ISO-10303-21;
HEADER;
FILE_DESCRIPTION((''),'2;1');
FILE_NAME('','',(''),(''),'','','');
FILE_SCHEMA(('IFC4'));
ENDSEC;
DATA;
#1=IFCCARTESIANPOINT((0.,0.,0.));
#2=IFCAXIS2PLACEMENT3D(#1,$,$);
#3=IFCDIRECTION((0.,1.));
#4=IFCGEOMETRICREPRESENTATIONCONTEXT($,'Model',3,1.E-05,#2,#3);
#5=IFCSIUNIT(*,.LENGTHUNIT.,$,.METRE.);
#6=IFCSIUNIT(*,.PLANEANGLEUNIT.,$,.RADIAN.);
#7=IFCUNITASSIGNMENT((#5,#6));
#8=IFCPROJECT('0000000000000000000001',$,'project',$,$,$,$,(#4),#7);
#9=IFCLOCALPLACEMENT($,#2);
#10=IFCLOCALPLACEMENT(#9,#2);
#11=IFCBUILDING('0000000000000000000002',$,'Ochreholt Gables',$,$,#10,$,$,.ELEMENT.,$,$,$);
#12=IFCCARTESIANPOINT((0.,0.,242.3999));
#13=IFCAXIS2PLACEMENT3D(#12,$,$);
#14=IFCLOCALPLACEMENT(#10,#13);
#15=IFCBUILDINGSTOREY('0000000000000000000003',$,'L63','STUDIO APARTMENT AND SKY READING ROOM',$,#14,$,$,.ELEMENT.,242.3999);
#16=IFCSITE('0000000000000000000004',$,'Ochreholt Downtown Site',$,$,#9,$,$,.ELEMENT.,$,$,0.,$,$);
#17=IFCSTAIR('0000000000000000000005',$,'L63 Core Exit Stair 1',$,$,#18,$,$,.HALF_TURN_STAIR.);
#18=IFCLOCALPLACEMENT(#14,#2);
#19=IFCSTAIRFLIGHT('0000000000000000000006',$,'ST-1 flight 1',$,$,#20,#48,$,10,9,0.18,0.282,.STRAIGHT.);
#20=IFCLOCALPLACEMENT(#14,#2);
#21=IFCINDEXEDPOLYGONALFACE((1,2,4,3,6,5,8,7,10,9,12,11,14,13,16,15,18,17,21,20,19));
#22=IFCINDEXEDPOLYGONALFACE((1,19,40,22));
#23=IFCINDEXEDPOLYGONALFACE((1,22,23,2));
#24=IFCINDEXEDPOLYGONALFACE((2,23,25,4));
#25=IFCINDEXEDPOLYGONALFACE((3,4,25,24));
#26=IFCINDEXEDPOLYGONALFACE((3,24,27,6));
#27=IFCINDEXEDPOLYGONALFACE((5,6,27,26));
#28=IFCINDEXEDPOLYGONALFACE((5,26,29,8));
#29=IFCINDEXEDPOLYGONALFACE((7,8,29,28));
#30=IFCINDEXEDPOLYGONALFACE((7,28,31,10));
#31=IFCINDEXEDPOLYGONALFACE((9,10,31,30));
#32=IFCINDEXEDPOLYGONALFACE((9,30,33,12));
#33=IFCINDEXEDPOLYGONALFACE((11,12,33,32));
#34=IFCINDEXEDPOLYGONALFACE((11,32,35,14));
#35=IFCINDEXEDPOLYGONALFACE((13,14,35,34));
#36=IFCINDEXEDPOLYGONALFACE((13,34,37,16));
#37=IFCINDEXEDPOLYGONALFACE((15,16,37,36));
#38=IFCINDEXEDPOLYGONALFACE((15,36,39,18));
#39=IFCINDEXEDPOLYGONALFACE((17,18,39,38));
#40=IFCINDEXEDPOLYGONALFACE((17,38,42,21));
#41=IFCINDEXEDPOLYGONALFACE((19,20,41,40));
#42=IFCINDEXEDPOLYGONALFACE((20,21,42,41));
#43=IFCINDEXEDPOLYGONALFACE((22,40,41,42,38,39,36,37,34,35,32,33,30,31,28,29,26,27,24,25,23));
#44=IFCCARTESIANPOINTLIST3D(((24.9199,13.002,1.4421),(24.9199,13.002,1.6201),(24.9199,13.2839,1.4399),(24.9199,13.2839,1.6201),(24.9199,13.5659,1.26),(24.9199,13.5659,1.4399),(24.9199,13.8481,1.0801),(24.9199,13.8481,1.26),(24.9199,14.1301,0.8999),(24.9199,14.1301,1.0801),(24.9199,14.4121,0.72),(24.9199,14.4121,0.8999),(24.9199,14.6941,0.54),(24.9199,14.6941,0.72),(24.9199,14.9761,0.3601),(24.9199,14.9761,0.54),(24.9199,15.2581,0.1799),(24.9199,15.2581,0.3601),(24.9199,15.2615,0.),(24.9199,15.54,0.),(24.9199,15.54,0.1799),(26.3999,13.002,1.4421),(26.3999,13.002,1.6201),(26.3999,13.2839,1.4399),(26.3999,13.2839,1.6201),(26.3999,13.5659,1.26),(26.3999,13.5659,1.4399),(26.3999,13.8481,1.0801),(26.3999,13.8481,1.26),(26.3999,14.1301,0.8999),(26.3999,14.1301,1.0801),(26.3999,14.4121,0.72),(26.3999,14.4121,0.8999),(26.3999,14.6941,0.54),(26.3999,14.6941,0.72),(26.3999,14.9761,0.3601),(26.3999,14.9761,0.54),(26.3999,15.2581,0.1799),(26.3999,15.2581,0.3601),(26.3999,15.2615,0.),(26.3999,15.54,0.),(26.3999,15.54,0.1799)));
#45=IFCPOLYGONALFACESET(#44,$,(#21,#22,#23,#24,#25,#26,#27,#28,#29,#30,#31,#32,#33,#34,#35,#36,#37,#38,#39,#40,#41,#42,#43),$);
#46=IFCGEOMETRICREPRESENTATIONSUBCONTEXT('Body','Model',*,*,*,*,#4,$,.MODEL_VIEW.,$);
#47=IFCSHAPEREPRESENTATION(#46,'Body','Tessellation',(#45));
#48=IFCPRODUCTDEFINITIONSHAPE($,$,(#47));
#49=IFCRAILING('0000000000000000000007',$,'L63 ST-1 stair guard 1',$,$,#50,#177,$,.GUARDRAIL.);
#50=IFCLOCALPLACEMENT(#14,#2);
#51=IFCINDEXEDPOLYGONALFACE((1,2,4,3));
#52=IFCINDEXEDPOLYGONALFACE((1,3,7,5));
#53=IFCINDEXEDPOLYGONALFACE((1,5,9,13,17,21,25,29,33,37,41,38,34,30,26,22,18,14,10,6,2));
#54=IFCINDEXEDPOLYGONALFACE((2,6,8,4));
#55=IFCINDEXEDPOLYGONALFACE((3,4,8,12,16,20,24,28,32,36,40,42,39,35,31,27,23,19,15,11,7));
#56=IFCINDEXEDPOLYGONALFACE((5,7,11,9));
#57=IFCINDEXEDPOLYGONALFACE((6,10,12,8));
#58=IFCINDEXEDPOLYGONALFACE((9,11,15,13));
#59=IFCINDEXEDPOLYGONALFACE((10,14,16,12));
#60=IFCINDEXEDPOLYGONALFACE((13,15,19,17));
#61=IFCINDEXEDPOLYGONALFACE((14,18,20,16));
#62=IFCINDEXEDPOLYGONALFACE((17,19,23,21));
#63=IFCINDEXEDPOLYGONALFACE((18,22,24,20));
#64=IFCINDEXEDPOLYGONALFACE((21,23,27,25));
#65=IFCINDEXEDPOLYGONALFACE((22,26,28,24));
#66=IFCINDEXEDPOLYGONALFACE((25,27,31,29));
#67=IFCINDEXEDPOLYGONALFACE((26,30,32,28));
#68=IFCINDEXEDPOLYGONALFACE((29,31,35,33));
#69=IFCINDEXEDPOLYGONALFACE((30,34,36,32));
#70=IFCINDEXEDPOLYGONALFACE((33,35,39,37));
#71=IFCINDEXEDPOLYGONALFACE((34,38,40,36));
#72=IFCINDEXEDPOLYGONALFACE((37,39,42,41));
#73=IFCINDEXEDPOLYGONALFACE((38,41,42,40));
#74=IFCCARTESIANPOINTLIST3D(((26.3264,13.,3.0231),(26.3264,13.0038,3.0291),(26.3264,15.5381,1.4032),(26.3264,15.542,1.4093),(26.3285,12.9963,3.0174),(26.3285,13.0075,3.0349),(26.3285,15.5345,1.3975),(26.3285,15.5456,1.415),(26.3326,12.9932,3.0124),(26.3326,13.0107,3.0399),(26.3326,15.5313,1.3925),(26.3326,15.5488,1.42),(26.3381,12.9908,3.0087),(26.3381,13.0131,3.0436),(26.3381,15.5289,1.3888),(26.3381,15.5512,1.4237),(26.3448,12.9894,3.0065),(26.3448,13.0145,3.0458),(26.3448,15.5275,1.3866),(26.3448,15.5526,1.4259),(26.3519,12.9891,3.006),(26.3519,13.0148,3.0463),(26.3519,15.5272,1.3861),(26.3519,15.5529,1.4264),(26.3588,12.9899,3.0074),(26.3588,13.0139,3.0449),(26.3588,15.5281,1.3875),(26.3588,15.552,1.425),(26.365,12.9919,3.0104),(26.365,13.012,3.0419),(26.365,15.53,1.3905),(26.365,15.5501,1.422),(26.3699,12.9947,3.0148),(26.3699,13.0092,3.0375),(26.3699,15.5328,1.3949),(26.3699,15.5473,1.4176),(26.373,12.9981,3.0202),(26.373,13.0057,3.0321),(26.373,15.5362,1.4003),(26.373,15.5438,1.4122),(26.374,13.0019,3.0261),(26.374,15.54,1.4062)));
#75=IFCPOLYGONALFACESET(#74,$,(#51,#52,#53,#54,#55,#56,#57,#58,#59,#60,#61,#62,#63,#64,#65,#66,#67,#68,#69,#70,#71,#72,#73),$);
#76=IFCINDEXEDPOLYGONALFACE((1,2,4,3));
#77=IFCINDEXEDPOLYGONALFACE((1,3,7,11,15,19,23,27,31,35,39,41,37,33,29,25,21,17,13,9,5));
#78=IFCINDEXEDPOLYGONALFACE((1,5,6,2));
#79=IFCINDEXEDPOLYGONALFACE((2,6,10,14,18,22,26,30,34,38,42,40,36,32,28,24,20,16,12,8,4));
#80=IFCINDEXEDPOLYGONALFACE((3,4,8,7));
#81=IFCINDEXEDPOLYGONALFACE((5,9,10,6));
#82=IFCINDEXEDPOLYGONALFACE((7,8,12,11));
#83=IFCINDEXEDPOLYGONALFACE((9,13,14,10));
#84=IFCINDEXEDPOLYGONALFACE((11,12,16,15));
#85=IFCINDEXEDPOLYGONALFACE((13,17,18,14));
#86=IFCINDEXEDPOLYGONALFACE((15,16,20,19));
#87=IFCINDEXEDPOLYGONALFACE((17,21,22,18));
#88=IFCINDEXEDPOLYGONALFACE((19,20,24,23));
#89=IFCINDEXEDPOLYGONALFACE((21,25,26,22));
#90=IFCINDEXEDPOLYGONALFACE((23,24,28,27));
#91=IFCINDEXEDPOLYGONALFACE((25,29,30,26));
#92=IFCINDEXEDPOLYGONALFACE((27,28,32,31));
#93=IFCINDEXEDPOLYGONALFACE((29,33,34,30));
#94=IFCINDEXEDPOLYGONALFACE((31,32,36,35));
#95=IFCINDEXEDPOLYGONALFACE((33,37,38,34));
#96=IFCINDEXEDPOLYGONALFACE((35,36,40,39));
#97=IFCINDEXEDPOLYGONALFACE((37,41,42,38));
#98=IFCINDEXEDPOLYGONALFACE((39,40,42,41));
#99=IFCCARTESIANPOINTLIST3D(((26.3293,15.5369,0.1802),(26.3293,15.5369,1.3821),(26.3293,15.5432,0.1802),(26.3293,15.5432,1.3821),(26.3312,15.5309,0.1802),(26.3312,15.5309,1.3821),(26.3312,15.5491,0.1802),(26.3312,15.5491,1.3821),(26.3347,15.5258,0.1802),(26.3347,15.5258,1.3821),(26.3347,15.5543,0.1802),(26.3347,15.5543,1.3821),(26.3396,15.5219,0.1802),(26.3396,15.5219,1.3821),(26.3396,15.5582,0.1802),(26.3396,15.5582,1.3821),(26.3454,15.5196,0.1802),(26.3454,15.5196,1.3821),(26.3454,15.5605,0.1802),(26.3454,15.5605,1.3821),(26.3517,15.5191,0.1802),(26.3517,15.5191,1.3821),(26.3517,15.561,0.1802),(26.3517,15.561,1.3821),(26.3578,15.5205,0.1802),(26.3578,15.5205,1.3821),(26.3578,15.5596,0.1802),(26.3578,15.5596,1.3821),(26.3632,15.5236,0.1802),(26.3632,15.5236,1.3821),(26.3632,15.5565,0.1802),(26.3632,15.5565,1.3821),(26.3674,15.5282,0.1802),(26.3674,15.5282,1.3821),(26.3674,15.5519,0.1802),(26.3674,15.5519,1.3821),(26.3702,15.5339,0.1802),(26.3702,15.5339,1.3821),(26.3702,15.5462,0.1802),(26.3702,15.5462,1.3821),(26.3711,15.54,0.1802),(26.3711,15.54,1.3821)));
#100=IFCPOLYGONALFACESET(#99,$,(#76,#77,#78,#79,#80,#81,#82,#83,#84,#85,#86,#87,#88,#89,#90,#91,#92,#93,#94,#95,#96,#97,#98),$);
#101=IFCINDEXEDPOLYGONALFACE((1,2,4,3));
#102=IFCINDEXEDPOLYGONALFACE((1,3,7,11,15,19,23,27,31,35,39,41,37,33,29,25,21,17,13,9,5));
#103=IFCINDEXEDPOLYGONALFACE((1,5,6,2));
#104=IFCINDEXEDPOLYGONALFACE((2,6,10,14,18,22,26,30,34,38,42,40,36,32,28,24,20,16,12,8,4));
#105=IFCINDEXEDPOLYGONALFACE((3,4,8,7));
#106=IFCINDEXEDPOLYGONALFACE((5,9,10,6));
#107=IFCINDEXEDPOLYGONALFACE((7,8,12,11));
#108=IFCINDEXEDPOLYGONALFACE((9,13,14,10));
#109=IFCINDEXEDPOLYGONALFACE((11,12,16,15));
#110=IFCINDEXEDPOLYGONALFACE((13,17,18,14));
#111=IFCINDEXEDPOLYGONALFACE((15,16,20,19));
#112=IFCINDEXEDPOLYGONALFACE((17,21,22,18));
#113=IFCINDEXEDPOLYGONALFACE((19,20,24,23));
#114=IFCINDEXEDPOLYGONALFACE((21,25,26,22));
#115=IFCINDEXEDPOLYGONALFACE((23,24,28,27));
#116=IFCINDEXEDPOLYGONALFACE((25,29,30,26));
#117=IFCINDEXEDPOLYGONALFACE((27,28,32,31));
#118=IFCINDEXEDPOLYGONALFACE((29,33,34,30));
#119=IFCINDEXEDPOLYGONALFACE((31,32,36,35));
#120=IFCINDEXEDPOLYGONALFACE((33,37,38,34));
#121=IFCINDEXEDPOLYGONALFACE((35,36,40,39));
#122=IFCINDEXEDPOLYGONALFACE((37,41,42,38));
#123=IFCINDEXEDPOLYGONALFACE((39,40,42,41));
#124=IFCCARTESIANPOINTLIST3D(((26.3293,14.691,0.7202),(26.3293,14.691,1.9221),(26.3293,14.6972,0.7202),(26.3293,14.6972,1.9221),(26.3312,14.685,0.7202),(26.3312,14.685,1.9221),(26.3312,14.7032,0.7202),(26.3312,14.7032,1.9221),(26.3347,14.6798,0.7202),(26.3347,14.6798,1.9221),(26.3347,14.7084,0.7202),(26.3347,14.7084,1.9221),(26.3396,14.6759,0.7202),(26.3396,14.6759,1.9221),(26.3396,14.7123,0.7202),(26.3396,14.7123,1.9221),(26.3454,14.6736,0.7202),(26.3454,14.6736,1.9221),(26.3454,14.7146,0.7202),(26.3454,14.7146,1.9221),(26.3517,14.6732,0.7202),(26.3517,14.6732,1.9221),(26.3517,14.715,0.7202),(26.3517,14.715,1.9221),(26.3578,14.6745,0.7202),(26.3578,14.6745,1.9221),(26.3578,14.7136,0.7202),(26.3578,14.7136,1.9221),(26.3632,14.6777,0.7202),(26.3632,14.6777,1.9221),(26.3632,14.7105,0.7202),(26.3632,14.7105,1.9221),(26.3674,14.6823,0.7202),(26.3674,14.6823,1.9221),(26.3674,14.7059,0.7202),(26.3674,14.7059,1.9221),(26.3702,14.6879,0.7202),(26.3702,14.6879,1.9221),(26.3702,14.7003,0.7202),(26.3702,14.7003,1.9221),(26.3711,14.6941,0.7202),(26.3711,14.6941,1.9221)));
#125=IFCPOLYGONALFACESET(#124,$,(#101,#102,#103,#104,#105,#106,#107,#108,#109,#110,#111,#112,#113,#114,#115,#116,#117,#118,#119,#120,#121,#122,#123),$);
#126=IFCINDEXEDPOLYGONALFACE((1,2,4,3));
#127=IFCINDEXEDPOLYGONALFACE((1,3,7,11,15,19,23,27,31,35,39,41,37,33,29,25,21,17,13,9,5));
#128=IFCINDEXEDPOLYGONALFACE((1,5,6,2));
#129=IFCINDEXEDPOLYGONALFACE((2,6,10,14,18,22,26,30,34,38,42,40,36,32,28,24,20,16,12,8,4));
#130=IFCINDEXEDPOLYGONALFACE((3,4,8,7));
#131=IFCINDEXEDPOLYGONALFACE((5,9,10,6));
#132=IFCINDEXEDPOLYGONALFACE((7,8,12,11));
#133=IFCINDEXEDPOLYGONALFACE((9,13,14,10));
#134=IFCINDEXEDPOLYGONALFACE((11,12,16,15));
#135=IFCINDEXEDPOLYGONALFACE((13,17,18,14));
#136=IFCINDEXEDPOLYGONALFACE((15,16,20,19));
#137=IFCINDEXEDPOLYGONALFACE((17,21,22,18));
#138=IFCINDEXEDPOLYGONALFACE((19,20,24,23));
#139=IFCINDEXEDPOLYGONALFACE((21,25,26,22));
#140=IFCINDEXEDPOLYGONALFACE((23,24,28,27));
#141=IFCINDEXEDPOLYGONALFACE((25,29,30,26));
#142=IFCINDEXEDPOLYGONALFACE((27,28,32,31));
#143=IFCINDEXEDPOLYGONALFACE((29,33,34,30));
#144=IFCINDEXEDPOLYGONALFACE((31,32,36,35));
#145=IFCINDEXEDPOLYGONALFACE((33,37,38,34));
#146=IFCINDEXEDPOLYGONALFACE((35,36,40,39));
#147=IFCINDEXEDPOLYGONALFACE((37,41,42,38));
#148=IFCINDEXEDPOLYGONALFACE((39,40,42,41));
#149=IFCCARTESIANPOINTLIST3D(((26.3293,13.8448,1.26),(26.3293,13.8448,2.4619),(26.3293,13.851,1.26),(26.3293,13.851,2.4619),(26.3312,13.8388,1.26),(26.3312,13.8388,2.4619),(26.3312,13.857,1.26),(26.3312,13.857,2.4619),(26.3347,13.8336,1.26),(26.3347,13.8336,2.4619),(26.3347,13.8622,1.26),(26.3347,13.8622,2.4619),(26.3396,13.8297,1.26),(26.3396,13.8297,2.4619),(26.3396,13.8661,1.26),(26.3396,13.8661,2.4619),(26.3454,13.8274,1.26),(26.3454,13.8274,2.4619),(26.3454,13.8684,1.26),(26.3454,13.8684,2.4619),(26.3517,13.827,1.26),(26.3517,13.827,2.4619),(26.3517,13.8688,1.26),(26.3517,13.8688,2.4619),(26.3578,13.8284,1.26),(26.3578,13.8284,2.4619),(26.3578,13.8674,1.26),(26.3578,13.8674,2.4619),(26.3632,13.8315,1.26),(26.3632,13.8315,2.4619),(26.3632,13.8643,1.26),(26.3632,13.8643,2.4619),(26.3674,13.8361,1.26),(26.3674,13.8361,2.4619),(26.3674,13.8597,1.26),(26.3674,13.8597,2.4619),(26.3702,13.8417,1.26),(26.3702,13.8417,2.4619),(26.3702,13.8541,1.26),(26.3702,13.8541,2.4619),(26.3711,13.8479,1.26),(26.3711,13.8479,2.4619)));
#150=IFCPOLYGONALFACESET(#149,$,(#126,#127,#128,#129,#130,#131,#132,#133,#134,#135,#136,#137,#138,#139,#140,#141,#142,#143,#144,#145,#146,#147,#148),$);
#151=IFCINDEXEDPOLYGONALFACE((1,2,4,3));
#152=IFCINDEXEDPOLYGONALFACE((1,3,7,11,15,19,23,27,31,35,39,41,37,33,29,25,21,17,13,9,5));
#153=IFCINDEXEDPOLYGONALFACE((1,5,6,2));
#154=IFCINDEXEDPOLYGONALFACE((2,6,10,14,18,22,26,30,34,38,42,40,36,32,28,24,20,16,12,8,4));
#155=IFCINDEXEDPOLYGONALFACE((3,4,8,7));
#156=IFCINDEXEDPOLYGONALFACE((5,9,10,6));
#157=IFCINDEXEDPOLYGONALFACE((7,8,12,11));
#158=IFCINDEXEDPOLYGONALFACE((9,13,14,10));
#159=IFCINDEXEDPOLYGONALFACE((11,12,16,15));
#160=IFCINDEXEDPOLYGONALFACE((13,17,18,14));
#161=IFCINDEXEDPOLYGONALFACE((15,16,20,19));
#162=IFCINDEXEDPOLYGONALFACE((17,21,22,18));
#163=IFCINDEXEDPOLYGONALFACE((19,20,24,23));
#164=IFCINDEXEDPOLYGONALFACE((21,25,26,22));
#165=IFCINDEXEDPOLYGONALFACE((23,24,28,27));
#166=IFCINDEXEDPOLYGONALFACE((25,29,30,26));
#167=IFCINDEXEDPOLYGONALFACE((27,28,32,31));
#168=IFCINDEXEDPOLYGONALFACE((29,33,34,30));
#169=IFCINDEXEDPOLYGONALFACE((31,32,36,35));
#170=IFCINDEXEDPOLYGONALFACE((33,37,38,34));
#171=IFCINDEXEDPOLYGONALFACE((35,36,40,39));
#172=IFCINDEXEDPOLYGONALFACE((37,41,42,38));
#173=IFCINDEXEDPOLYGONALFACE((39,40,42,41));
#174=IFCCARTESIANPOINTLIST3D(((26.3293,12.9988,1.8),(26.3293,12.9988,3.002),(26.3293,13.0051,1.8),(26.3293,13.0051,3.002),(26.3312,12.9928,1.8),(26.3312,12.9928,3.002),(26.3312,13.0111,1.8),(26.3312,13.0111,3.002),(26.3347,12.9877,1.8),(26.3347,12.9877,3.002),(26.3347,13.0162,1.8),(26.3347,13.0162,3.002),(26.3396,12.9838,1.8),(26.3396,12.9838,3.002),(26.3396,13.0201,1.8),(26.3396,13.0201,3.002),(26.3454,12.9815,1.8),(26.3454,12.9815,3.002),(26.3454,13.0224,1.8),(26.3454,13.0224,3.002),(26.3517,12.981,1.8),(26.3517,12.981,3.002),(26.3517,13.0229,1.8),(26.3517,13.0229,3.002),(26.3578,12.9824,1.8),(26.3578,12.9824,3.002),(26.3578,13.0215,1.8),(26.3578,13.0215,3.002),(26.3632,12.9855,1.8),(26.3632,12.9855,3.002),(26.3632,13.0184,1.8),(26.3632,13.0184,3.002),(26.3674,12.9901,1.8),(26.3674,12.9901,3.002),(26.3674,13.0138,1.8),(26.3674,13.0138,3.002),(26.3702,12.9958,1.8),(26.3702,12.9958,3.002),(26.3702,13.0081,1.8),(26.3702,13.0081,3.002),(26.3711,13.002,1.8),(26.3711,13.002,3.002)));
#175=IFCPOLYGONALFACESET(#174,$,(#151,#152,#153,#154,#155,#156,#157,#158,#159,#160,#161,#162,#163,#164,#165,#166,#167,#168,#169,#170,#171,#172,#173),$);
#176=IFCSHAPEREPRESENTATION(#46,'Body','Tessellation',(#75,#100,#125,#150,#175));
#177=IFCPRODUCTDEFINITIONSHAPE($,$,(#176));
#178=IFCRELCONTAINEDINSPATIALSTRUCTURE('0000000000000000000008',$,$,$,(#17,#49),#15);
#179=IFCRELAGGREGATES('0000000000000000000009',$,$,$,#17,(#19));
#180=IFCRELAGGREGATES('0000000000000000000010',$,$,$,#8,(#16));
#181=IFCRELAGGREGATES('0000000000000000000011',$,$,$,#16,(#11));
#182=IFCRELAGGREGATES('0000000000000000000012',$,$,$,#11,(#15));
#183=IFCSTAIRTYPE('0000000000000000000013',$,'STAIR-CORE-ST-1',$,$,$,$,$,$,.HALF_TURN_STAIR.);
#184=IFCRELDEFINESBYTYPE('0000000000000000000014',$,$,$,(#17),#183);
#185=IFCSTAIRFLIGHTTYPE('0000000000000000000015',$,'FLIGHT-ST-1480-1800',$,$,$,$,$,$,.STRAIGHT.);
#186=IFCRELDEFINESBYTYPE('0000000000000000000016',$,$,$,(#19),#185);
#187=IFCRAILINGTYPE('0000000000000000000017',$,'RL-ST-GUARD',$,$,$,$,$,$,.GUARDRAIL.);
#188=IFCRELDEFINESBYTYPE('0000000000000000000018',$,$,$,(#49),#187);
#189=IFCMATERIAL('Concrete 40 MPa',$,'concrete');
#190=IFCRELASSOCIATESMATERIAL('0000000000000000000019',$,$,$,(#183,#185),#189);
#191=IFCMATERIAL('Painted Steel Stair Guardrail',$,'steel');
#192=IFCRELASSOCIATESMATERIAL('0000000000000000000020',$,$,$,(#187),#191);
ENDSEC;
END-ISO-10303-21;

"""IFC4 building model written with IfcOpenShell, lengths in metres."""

from ifc_helpers import new_model, si_unit, direction, frame, origin, origin_2d, place, context, subcontext, project, spatial, polyline, circle, outline, extrude, material, type_object, element, aggregate, save


model = new_model("IFC4")

# Units and contexts
model_context = context("Model", 3, precision=1e-05, world=origin(), true_north=direction((0.0, 1.0)))
body_context = subcontext(model_context, "Body", "Model", "MODEL_VIEW")
ifc_project = project(units=[si_unit("LENGTHUNIT", "METRE"), si_unit("PLANEANGLEUNIT", "RADIAN")], contexts=[model_context])

# Site, building, storey
site_placement = place(None, origin())
site = spatial("IfcSite", under=ifc_project, at=site_placement, Name="Ochreholt Downtown Site", CompositionType="ELEMENT", RefElevation=0.0)
building_placement = place(site_placement, origin())
building = spatial("IfcBuilding", under=site, at=building_placement, Name="Ochreholt Gables", CompositionType="ELEMENT")
storey_placement = place(building_placement, frame((0.0, 0.0, 242.3999)))
storey = spatial("IfcBuildingStorey", under=building, at=storey_placement, Name="L63", Description="STUDIO APARTMENT AND SKY READING ROOM", CompositionType="ELEMENT", Elevation=242.3999)

# Shared definitions
ifc_material_1 = material(Name="Concrete 40 MPa", Category="concrete")

# Stair, stair flight
stair_type = type_object("IfcStairType", Name="STAIR-CORE-ST-1", PredefinedType="HALF_TURN_STAIR", material=ifc_material_1)
stair_placement = place(storey_placement, origin())
stair = element("IfcStair", 1, at=stair_placement, inside=storey, type_object=stair_type, Name="L63 Core Exit Stair 1", PredefinedType="HALF_TURN_STAIR")
stair_flight_type = type_object("IfcStairFlightType", Name="FLIGHT-ST-1480-1800", PredefinedType="STRAIGHT", material=ifc_material_1)
stair_flight_placement = place(storey_placement, frame((25.6599, 15.54, 0.0), z_axis=(0.0, 0.0, 1.0), x_axis=(0.0, -1.0, 0.0)))
stair_flight = element("IfcStairFlight", 2, at=stair_flight_placement, type_object=stair_flight_type, Name="ST-1 flight 1", NumberOfRisers=10, NumberOfTreads=9, PredefinedType="STRAIGHT", RiserHeight=0.18, TreadLength=0.282, context=body_context, shape_type="SweptSolid", body=[
    extrude(outline(polyline([(0.0, 0.0), (0.0, 0.1799), (0.282, 0.1799), (0.282, 0.3601), (0.564, 0.3601), (0.564, 0.54), (0.8459, 0.54), (0.8459, 0.72), (1.1279, 0.72), (1.1279, 0.8999), (1.4099, 0.8999), (1.4099, 1.0801), (1.6919, 1.0801), (1.6919, 1.26), (1.9741, 1.26), (1.9741, 1.4399), (2.2561, 1.4399), (2.2561, 1.6201), (2.5381, 1.6201), (2.5381, 1.8), (2.5381, 1.4421), (0.2786, 0.0), (0.0, 0.0)])), frame((0.0, 0.74, 0.0), z_axis=(0.0, -1.0, 0.0), x_axis=(1.0, 0.0, 0.0)), (0.0, 0.0, 1.0), 1.48),
])
aggregate(stair, [stair_flight])

# Railing
ifc_material_2 = material(Name="Painted Steel Stair Guardrail", Category="steel")
railing_type = type_object("IfcRailingType", Name="RL-ST-GUARD", PredefinedType="GUARDRAIL", material=ifc_material_2)
railing_1_placement = place(storey_placement, frame((26.3501, 15.54, 0.1802)))
element("IfcRailing", 3, at=railing_1_placement, inside=storey, type_object=railing_type, Name="L63 ST-1 stair guard 1", PredefinedType="GUARDRAIL", context=body_context, shape_type="SweptSolid", body=[
    extrude(circle(Radius=0.0239, at=origin_2d()), frame((0.0, 0.0, 1.2261), z_axis=(0.0, -0.84295, 0.537993), x_axis=(1.0, 0.0, 0.0)), (0.0, 0.0, 1.0), 3.011),
    extrude(circle(Radius=0.021, at=origin_2d()), origin(), (0.0, 0.0, 1.0), 1.2019),
    extrude(circle(Radius=0.021, at=origin_2d()), frame((0.0, -0.8459, 0.54)), (0.0, 0.0, 1.0), 1.2019),
    extrude(circle(Radius=0.021, at=origin_2d()), frame((0.0, -1.6921, 1.0798)), (0.0, 0.0, 1.0), 1.2019),
    extrude(circle(Radius=0.021, at=origin_2d()), frame((0.0, -2.5381, 1.6199)), (0.0, 0.0, 1.0), 1.2019),
])

save(model, "model.ifc")
